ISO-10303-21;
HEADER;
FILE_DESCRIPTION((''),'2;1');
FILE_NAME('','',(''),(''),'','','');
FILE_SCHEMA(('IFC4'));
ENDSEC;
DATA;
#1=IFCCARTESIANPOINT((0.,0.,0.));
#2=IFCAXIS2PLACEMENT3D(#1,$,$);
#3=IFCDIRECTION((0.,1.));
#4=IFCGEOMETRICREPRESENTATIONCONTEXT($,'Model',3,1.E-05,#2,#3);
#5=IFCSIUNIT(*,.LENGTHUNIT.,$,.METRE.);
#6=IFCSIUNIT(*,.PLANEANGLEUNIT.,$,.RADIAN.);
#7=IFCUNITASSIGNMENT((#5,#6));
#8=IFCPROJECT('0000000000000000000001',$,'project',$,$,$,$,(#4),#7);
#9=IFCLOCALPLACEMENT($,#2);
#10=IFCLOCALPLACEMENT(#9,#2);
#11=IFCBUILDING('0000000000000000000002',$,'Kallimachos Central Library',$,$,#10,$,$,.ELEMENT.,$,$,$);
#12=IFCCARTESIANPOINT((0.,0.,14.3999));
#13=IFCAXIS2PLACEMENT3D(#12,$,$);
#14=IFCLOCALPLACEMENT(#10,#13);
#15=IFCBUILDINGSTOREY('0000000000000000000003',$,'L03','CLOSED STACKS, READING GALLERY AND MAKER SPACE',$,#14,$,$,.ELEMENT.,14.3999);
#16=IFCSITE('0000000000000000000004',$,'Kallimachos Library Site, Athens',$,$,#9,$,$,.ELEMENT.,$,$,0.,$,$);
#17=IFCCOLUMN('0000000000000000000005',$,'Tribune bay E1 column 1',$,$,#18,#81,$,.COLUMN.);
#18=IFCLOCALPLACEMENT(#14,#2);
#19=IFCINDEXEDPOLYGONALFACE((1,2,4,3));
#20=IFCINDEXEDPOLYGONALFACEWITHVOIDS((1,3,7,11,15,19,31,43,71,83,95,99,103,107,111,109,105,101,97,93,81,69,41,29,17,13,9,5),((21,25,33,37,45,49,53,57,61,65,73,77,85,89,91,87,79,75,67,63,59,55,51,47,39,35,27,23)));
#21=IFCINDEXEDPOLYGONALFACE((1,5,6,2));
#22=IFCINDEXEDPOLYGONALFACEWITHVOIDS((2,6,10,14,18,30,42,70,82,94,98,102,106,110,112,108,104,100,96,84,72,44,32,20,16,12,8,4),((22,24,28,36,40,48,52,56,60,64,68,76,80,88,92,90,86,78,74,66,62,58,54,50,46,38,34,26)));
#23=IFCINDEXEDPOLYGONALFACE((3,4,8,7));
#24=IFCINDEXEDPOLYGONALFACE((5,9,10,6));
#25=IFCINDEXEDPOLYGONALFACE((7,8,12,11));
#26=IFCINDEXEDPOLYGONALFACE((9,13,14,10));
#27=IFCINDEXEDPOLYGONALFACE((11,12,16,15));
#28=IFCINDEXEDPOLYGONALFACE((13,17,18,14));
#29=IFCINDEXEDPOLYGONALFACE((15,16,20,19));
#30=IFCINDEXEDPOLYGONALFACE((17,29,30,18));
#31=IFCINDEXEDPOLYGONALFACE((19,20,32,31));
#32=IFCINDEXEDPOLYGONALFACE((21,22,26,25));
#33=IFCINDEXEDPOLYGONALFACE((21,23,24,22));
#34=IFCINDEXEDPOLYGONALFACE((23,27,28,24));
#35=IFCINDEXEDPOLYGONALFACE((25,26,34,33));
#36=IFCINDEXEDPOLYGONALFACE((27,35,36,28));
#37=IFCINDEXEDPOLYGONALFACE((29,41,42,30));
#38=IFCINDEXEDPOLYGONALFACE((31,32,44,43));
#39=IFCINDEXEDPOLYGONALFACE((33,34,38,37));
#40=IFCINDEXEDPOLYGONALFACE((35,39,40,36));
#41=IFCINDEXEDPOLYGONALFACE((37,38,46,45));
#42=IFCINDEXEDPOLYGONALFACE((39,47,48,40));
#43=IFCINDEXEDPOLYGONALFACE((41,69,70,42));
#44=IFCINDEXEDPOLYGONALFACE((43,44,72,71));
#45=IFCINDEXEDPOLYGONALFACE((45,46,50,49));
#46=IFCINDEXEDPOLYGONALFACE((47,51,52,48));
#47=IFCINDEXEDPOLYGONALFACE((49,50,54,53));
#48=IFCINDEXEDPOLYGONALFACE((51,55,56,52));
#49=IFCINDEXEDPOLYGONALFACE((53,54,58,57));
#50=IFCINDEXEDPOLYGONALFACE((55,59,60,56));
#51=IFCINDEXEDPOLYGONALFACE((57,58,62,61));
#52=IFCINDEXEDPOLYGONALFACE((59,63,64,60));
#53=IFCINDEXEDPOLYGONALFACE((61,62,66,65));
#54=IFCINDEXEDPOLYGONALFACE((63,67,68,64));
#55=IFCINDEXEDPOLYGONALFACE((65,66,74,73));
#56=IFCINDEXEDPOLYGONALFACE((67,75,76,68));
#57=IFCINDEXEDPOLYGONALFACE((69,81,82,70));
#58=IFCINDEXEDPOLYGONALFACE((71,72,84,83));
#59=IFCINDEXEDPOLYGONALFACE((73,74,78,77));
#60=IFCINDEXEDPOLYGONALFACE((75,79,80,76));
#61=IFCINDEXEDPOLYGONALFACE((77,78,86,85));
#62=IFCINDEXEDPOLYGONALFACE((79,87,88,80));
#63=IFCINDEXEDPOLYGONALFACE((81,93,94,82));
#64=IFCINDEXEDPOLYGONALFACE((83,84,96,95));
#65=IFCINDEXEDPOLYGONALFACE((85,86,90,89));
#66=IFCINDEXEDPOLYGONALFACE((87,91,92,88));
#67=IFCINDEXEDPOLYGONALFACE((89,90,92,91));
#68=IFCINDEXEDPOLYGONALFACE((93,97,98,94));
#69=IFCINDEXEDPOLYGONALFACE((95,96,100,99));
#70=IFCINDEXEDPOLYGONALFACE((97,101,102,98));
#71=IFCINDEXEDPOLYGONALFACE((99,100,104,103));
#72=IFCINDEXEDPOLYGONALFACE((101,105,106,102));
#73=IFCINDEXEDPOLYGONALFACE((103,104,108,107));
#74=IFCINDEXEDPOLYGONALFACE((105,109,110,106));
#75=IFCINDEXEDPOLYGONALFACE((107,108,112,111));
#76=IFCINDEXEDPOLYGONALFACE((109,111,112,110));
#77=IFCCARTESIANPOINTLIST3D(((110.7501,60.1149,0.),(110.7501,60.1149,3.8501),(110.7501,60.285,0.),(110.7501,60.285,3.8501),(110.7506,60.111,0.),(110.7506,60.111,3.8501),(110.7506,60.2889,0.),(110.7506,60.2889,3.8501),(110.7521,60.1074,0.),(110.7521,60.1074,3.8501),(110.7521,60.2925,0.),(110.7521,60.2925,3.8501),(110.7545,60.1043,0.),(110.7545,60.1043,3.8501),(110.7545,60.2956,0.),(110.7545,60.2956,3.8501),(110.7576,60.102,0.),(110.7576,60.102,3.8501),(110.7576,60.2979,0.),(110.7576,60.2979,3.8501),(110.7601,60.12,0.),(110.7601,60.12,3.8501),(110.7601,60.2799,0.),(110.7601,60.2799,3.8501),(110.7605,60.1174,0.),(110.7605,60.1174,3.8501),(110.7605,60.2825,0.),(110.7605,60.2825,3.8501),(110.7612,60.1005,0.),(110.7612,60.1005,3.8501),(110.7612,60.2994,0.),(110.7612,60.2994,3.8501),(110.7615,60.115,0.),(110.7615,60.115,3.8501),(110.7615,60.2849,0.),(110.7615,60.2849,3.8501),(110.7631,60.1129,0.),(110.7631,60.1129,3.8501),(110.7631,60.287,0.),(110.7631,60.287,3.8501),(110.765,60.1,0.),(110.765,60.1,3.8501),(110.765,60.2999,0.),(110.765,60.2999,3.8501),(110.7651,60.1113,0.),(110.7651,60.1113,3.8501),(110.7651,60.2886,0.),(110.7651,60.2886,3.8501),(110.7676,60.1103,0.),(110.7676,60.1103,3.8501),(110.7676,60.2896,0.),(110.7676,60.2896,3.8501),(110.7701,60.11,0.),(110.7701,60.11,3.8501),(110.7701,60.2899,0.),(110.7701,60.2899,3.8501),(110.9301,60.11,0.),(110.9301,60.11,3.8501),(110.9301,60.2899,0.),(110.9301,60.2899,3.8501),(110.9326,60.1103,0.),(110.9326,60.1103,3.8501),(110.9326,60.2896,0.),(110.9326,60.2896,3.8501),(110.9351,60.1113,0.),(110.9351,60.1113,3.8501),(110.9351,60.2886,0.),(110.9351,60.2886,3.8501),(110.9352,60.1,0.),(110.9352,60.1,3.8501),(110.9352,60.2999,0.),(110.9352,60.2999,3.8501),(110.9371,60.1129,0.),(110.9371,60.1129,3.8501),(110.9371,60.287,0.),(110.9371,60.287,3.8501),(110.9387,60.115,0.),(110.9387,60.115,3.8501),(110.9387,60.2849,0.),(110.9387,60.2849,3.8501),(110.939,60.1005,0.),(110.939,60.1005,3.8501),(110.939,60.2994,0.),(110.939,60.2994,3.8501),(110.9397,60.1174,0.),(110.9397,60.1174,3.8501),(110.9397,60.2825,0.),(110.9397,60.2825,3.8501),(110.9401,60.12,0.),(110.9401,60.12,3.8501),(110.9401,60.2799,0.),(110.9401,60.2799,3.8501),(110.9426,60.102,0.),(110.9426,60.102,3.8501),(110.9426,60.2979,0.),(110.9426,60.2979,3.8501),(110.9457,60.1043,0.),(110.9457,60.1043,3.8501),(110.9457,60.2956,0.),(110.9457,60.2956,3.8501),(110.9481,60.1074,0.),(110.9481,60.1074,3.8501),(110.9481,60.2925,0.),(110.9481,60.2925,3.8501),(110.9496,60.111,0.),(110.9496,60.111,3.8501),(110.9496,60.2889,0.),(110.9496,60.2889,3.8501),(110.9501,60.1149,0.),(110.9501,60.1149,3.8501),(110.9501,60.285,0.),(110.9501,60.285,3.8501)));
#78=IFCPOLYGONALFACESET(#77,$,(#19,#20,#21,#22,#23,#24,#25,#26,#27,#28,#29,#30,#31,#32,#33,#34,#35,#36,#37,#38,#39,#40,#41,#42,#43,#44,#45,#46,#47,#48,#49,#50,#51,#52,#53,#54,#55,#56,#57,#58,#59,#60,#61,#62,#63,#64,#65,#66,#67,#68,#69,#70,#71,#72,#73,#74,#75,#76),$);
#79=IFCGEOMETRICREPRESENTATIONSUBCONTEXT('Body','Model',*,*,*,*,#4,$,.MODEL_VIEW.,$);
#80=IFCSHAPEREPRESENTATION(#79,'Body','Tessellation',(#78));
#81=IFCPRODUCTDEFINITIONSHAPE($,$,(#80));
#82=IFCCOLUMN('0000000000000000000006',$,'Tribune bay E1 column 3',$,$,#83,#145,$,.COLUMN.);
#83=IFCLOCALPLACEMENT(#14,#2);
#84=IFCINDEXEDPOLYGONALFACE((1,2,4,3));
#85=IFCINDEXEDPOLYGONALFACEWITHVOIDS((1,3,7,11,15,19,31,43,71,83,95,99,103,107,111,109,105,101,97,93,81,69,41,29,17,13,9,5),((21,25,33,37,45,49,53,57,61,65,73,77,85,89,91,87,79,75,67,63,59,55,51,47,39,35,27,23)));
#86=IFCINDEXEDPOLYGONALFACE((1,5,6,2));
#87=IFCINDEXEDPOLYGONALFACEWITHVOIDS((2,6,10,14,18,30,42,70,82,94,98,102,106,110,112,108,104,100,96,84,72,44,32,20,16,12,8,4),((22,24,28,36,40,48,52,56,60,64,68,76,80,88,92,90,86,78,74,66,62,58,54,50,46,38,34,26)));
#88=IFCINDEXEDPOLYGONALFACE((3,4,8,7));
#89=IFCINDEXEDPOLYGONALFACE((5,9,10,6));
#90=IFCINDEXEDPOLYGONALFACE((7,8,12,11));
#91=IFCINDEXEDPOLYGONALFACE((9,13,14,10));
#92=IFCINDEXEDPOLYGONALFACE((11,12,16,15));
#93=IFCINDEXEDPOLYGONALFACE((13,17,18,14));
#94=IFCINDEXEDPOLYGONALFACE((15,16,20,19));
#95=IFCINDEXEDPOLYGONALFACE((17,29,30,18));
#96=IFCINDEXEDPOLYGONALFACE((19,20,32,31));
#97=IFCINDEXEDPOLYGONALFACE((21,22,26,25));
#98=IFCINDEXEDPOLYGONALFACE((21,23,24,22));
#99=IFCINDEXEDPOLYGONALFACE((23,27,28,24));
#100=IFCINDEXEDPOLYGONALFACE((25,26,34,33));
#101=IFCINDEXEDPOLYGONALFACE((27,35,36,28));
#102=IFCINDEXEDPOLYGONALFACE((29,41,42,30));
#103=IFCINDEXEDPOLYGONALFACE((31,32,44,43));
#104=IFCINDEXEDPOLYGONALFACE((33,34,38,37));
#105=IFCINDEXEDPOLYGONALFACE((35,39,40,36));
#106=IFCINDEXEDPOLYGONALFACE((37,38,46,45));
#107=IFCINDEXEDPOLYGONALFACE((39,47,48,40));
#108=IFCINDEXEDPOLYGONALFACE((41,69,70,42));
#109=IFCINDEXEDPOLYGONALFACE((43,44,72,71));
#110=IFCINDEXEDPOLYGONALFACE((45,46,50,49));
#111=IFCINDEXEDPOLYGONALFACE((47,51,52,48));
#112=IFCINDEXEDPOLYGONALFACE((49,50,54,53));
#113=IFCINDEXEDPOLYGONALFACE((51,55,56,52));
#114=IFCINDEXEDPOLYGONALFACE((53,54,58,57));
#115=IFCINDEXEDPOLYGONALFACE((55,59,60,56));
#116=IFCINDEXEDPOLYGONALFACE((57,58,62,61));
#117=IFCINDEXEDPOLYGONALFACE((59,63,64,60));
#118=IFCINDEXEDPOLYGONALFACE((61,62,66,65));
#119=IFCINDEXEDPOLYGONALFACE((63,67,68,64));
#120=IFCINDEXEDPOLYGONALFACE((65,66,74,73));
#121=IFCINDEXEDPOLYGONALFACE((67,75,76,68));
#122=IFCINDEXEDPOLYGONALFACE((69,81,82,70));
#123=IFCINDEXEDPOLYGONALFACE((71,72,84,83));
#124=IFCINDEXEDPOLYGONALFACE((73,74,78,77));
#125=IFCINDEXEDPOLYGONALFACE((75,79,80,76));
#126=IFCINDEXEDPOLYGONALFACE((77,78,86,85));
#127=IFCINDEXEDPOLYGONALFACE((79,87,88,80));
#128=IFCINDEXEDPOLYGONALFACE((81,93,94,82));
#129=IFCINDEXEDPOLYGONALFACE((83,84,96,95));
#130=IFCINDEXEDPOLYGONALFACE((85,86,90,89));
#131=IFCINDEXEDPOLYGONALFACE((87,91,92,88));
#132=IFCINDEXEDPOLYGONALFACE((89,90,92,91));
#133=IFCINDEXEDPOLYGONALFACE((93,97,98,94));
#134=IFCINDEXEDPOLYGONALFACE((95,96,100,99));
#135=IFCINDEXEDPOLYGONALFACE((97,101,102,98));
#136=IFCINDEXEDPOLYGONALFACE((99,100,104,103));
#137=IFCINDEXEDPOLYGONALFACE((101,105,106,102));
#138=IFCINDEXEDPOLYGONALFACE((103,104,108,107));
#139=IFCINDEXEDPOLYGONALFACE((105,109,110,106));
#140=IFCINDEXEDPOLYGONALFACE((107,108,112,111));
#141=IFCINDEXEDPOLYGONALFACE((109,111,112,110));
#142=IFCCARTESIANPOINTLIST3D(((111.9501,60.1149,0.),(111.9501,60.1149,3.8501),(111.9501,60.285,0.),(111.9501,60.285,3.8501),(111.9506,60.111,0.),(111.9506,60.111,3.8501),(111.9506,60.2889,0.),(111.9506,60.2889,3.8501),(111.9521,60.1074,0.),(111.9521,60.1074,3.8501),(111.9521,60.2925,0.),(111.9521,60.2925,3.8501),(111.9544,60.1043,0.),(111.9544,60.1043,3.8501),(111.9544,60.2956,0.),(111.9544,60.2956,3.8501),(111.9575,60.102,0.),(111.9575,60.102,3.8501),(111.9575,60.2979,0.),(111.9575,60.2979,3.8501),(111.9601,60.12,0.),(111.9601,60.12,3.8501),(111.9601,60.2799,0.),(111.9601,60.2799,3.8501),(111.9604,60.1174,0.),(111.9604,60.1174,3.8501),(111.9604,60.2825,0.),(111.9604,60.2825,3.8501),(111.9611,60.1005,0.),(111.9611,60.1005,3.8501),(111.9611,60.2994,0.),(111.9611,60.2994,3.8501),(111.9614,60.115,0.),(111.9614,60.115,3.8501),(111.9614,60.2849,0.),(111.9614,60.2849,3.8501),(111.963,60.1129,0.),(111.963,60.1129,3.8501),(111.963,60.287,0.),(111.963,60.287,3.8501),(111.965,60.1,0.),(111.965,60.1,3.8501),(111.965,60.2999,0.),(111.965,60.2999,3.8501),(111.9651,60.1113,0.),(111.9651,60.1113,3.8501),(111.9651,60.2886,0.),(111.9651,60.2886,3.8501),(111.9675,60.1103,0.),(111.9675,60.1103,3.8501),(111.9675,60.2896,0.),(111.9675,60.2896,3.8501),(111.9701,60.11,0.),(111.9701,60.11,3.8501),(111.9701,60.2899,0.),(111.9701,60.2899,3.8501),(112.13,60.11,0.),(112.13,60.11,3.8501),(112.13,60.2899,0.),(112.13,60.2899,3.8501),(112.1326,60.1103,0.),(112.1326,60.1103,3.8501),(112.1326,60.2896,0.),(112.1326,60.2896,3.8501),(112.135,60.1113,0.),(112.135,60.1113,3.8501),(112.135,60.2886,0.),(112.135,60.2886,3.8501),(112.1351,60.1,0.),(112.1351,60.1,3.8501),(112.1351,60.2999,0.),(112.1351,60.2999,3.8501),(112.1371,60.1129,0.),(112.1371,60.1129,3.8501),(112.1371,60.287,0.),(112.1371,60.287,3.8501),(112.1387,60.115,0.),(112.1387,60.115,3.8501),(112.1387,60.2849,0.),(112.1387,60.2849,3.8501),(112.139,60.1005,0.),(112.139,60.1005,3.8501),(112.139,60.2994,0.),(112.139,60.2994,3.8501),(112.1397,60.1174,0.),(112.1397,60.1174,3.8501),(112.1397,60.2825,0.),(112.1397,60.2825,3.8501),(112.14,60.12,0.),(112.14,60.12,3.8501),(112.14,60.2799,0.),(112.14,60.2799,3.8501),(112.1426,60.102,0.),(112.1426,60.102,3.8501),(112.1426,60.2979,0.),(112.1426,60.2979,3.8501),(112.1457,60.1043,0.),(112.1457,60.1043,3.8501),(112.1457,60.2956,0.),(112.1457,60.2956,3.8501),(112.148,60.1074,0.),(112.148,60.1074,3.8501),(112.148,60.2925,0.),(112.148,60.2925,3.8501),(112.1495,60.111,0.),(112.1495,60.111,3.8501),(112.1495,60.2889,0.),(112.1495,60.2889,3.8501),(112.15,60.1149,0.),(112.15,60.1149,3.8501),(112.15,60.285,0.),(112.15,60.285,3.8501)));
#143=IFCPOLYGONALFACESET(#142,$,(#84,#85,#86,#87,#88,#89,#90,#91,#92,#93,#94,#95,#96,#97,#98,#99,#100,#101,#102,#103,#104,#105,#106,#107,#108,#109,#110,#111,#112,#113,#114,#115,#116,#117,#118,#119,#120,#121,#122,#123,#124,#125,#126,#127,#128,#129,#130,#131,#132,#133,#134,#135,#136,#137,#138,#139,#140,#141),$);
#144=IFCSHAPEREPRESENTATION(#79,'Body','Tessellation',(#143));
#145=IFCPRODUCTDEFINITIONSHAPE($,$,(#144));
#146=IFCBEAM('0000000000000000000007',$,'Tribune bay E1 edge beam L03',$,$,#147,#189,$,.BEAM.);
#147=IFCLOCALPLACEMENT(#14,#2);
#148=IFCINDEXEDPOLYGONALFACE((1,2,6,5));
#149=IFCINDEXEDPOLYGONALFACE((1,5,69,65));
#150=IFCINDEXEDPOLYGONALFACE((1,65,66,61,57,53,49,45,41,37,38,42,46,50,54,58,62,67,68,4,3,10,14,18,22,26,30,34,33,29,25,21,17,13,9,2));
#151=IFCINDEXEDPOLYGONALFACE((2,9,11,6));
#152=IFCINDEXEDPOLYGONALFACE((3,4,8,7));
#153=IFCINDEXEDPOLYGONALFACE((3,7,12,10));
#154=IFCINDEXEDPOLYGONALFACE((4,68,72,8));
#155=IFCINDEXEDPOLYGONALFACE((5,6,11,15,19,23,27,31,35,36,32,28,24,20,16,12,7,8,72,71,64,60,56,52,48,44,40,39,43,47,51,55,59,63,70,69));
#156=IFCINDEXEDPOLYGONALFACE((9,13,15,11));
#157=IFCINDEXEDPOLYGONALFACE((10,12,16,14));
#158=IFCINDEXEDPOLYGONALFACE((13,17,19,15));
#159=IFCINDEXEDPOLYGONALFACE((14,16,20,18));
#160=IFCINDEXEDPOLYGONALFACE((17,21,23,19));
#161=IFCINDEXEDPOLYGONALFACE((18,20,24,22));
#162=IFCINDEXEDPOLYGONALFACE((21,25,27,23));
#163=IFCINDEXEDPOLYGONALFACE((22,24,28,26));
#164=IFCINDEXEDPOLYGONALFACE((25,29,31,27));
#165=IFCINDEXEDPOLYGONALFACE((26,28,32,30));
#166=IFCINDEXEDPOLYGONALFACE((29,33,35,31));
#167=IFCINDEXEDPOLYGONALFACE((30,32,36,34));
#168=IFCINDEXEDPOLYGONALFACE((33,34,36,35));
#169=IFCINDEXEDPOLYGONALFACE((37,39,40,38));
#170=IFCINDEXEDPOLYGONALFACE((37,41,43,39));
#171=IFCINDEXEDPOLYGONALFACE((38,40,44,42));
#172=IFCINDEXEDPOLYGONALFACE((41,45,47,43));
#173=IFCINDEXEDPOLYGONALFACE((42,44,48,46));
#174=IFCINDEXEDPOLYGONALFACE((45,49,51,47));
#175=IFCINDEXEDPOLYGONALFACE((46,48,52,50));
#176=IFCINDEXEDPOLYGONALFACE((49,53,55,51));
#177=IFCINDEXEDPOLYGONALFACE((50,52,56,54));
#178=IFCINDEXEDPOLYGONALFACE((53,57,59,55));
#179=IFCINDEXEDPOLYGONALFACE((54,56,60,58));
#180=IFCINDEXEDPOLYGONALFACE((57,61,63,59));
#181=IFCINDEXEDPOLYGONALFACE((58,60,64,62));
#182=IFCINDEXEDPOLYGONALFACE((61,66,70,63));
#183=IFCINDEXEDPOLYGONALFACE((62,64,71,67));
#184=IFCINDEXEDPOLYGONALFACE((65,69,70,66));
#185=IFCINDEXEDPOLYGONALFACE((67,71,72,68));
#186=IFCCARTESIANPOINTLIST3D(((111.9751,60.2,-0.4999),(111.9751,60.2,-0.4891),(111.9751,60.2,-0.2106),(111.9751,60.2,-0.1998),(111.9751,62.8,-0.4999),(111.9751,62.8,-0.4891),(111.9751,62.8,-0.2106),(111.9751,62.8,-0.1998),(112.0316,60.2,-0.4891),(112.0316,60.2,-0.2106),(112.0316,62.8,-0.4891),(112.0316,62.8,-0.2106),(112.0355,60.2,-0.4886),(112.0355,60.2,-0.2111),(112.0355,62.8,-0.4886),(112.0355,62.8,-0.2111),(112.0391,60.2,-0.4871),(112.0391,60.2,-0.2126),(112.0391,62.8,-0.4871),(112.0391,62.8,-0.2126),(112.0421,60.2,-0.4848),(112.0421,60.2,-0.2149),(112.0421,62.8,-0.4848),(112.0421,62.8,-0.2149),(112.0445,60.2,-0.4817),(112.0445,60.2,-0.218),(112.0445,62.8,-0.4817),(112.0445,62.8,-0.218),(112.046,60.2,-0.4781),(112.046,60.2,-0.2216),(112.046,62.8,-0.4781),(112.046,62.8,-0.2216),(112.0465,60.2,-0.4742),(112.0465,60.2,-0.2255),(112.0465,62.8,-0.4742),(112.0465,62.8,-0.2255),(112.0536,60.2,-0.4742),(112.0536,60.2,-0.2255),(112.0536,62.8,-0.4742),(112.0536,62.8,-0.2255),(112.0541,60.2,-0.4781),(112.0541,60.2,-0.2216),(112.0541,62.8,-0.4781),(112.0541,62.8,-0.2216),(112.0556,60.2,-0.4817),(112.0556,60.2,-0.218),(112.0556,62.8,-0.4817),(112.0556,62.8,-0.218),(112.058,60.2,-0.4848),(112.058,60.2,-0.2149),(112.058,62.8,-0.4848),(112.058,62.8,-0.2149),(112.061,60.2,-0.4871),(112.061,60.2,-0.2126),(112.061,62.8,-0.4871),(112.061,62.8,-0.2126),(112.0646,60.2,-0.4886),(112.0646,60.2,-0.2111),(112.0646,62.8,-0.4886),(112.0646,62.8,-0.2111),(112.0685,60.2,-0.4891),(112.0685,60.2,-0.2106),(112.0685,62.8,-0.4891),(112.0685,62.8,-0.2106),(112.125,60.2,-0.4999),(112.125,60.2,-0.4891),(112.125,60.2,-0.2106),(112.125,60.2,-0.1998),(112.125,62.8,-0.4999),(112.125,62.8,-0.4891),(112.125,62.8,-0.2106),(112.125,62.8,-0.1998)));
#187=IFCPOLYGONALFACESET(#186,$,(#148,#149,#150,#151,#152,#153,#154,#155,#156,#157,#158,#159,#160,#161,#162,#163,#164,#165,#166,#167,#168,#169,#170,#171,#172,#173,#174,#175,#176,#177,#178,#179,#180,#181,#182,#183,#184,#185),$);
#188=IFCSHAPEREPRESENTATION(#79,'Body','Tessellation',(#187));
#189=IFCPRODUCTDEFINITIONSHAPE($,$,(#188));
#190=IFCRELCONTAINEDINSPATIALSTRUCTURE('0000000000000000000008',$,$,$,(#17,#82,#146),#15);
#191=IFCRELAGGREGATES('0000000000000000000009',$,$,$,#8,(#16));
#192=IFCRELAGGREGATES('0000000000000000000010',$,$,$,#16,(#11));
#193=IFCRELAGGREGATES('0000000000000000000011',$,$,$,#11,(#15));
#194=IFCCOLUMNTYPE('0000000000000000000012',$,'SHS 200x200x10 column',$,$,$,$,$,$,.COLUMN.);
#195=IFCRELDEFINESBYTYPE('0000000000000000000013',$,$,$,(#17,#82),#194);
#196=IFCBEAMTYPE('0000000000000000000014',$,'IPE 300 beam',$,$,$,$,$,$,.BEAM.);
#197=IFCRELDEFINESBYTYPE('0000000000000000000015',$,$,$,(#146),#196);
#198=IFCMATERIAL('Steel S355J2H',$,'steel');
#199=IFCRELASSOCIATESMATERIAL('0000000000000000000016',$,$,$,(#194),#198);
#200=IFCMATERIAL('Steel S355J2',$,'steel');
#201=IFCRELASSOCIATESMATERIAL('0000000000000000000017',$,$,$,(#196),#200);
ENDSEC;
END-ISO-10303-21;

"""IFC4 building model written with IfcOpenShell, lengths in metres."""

from ifc_helpers import new_model, si_unit, direction, frame, origin, origin_2d, place, context, subcontext, project, spatial, hollow_rectangle, i_section, extrude, material, material_profile, profile_set, type_object, element, save


model = new_model("IFC4")

# Units and contexts
model_context = context("Model", 3, precision=1e-05, world=origin(), true_north=direction((0.0, 1.0)))
body_context = subcontext(model_context, "Body", "Model", "MODEL_VIEW")
ifc_project = project(units=[si_unit("LENGTHUNIT", "METRE"), si_unit("PLANEANGLEUNIT", "RADIAN")], contexts=[model_context])

# Site, building, storey
site_placement = place(None, origin())
site = spatial("IfcSite", under=ifc_project, at=site_placement, Name="Kallimachos Library Site, Athens", CompositionType="ELEMENT", RefElevation=0.0)
building_placement = place(site_placement, origin())
building = spatial("IfcBuilding", under=site, at=building_placement, Name="Kallimachos Central Library", CompositionType="ELEMENT")
storey_placement = place(building_placement, frame((0.0, 0.0, 14.3999)))
storey = spatial("IfcBuildingStorey", under=building, at=storey_placement, Name="L03", Description="CLOSED STACKS, READING GALLERY AND MAKER SPACE", CompositionType="ELEMENT", Elevation=14.3999)

# Columns
ifc_material_1 = material(Name="Steel S355J2H", Category="steel")
ifc_material_profile_1 = material_profile(ifc_material_1, hollow_rectangle(XDim=0.2, YDim=0.2, WallThickness=0.01, InnerFilletRadius=0.01, OuterFilletRadius=0.0149, at=origin_2d()), Name="SHS 200x200x10")
ifc_profile_set_1 = profile_set([ifc_material_profile_1], Name="Steel S355J2H")
column_type = type_object("IfcColumnType", Name="SHS 200x200x10 column", PredefinedType="COLUMN", material=ifc_profile_set_1)
for number, where, z_axis, x_axis, name in (
    (1, (110.8501, 60.2, 0.0), (0.0, 0.0, 1.0), (1.0, 0.0, 0.0), "Tribune bay E1 column 1"),
    (2, (112.05, 60.2, 0.0), (0.0, 0.0, 1.0), (1.0, 0.0, 0.0), "Tribune bay E1 column 3"),
):
    element("IfcColumn", number, at=place(storey_placement, frame(where, z_axis=z_axis, x_axis=x_axis)), inside=storey, type_object=column_type, Name=name, PredefinedType="COLUMN", context=body_context, shape_type="SweptSolid", body=[
        extrude(hollow_rectangle(XDim=0.2, YDim=0.2, WallThickness=0.01, InnerFilletRadius=0.01, OuterFilletRadius=0.0149, at=origin_2d()), origin(), (0.0, 0.0, 1.0), 3.8501),
    ])

# Beam
ifc_material_2 = material(Name="Steel S355J2", Category="steel")
ifc_material_profile_2 = material_profile(ifc_material_2, i_section(OverallWidth=0.1499, OverallDepth=0.3, WebThickness=0.0071, FlangeThickness=0.0107, FilletRadius=0.0149, at=origin_2d()), Name="IPE 300")
ifc_profile_set_2 = profile_set([ifc_material_profile_2], Name="Steel S355J2")
beam_type = type_object("IfcBeamType", Name="IPE 300 beam", PredefinedType="BEAM", material=ifc_profile_set_2)
beam_placement = place(storey_placement, frame((112.05, 60.2, -0.3499), z_axis=(0.0, 1.0, 0.0), x_axis=(-1.0, 0.0, 0.0)))
element("IfcBeam", 3, at=beam_placement, inside=storey, type_object=beam_type, Name="Tribune bay E1 edge beam L03", PredefinedType="BEAM", context=body_context, shape_type="SweptSolid", body=[
    extrude(i_section(OverallWidth=0.1499, OverallDepth=0.3, WebThickness=0.0071, FlangeThickness=0.0107, FilletRadius=0.0149, at=origin_2d()), origin(), (0.0, 0.0, 1.0), 2.6001),
])

save(model, "model.ifc")
